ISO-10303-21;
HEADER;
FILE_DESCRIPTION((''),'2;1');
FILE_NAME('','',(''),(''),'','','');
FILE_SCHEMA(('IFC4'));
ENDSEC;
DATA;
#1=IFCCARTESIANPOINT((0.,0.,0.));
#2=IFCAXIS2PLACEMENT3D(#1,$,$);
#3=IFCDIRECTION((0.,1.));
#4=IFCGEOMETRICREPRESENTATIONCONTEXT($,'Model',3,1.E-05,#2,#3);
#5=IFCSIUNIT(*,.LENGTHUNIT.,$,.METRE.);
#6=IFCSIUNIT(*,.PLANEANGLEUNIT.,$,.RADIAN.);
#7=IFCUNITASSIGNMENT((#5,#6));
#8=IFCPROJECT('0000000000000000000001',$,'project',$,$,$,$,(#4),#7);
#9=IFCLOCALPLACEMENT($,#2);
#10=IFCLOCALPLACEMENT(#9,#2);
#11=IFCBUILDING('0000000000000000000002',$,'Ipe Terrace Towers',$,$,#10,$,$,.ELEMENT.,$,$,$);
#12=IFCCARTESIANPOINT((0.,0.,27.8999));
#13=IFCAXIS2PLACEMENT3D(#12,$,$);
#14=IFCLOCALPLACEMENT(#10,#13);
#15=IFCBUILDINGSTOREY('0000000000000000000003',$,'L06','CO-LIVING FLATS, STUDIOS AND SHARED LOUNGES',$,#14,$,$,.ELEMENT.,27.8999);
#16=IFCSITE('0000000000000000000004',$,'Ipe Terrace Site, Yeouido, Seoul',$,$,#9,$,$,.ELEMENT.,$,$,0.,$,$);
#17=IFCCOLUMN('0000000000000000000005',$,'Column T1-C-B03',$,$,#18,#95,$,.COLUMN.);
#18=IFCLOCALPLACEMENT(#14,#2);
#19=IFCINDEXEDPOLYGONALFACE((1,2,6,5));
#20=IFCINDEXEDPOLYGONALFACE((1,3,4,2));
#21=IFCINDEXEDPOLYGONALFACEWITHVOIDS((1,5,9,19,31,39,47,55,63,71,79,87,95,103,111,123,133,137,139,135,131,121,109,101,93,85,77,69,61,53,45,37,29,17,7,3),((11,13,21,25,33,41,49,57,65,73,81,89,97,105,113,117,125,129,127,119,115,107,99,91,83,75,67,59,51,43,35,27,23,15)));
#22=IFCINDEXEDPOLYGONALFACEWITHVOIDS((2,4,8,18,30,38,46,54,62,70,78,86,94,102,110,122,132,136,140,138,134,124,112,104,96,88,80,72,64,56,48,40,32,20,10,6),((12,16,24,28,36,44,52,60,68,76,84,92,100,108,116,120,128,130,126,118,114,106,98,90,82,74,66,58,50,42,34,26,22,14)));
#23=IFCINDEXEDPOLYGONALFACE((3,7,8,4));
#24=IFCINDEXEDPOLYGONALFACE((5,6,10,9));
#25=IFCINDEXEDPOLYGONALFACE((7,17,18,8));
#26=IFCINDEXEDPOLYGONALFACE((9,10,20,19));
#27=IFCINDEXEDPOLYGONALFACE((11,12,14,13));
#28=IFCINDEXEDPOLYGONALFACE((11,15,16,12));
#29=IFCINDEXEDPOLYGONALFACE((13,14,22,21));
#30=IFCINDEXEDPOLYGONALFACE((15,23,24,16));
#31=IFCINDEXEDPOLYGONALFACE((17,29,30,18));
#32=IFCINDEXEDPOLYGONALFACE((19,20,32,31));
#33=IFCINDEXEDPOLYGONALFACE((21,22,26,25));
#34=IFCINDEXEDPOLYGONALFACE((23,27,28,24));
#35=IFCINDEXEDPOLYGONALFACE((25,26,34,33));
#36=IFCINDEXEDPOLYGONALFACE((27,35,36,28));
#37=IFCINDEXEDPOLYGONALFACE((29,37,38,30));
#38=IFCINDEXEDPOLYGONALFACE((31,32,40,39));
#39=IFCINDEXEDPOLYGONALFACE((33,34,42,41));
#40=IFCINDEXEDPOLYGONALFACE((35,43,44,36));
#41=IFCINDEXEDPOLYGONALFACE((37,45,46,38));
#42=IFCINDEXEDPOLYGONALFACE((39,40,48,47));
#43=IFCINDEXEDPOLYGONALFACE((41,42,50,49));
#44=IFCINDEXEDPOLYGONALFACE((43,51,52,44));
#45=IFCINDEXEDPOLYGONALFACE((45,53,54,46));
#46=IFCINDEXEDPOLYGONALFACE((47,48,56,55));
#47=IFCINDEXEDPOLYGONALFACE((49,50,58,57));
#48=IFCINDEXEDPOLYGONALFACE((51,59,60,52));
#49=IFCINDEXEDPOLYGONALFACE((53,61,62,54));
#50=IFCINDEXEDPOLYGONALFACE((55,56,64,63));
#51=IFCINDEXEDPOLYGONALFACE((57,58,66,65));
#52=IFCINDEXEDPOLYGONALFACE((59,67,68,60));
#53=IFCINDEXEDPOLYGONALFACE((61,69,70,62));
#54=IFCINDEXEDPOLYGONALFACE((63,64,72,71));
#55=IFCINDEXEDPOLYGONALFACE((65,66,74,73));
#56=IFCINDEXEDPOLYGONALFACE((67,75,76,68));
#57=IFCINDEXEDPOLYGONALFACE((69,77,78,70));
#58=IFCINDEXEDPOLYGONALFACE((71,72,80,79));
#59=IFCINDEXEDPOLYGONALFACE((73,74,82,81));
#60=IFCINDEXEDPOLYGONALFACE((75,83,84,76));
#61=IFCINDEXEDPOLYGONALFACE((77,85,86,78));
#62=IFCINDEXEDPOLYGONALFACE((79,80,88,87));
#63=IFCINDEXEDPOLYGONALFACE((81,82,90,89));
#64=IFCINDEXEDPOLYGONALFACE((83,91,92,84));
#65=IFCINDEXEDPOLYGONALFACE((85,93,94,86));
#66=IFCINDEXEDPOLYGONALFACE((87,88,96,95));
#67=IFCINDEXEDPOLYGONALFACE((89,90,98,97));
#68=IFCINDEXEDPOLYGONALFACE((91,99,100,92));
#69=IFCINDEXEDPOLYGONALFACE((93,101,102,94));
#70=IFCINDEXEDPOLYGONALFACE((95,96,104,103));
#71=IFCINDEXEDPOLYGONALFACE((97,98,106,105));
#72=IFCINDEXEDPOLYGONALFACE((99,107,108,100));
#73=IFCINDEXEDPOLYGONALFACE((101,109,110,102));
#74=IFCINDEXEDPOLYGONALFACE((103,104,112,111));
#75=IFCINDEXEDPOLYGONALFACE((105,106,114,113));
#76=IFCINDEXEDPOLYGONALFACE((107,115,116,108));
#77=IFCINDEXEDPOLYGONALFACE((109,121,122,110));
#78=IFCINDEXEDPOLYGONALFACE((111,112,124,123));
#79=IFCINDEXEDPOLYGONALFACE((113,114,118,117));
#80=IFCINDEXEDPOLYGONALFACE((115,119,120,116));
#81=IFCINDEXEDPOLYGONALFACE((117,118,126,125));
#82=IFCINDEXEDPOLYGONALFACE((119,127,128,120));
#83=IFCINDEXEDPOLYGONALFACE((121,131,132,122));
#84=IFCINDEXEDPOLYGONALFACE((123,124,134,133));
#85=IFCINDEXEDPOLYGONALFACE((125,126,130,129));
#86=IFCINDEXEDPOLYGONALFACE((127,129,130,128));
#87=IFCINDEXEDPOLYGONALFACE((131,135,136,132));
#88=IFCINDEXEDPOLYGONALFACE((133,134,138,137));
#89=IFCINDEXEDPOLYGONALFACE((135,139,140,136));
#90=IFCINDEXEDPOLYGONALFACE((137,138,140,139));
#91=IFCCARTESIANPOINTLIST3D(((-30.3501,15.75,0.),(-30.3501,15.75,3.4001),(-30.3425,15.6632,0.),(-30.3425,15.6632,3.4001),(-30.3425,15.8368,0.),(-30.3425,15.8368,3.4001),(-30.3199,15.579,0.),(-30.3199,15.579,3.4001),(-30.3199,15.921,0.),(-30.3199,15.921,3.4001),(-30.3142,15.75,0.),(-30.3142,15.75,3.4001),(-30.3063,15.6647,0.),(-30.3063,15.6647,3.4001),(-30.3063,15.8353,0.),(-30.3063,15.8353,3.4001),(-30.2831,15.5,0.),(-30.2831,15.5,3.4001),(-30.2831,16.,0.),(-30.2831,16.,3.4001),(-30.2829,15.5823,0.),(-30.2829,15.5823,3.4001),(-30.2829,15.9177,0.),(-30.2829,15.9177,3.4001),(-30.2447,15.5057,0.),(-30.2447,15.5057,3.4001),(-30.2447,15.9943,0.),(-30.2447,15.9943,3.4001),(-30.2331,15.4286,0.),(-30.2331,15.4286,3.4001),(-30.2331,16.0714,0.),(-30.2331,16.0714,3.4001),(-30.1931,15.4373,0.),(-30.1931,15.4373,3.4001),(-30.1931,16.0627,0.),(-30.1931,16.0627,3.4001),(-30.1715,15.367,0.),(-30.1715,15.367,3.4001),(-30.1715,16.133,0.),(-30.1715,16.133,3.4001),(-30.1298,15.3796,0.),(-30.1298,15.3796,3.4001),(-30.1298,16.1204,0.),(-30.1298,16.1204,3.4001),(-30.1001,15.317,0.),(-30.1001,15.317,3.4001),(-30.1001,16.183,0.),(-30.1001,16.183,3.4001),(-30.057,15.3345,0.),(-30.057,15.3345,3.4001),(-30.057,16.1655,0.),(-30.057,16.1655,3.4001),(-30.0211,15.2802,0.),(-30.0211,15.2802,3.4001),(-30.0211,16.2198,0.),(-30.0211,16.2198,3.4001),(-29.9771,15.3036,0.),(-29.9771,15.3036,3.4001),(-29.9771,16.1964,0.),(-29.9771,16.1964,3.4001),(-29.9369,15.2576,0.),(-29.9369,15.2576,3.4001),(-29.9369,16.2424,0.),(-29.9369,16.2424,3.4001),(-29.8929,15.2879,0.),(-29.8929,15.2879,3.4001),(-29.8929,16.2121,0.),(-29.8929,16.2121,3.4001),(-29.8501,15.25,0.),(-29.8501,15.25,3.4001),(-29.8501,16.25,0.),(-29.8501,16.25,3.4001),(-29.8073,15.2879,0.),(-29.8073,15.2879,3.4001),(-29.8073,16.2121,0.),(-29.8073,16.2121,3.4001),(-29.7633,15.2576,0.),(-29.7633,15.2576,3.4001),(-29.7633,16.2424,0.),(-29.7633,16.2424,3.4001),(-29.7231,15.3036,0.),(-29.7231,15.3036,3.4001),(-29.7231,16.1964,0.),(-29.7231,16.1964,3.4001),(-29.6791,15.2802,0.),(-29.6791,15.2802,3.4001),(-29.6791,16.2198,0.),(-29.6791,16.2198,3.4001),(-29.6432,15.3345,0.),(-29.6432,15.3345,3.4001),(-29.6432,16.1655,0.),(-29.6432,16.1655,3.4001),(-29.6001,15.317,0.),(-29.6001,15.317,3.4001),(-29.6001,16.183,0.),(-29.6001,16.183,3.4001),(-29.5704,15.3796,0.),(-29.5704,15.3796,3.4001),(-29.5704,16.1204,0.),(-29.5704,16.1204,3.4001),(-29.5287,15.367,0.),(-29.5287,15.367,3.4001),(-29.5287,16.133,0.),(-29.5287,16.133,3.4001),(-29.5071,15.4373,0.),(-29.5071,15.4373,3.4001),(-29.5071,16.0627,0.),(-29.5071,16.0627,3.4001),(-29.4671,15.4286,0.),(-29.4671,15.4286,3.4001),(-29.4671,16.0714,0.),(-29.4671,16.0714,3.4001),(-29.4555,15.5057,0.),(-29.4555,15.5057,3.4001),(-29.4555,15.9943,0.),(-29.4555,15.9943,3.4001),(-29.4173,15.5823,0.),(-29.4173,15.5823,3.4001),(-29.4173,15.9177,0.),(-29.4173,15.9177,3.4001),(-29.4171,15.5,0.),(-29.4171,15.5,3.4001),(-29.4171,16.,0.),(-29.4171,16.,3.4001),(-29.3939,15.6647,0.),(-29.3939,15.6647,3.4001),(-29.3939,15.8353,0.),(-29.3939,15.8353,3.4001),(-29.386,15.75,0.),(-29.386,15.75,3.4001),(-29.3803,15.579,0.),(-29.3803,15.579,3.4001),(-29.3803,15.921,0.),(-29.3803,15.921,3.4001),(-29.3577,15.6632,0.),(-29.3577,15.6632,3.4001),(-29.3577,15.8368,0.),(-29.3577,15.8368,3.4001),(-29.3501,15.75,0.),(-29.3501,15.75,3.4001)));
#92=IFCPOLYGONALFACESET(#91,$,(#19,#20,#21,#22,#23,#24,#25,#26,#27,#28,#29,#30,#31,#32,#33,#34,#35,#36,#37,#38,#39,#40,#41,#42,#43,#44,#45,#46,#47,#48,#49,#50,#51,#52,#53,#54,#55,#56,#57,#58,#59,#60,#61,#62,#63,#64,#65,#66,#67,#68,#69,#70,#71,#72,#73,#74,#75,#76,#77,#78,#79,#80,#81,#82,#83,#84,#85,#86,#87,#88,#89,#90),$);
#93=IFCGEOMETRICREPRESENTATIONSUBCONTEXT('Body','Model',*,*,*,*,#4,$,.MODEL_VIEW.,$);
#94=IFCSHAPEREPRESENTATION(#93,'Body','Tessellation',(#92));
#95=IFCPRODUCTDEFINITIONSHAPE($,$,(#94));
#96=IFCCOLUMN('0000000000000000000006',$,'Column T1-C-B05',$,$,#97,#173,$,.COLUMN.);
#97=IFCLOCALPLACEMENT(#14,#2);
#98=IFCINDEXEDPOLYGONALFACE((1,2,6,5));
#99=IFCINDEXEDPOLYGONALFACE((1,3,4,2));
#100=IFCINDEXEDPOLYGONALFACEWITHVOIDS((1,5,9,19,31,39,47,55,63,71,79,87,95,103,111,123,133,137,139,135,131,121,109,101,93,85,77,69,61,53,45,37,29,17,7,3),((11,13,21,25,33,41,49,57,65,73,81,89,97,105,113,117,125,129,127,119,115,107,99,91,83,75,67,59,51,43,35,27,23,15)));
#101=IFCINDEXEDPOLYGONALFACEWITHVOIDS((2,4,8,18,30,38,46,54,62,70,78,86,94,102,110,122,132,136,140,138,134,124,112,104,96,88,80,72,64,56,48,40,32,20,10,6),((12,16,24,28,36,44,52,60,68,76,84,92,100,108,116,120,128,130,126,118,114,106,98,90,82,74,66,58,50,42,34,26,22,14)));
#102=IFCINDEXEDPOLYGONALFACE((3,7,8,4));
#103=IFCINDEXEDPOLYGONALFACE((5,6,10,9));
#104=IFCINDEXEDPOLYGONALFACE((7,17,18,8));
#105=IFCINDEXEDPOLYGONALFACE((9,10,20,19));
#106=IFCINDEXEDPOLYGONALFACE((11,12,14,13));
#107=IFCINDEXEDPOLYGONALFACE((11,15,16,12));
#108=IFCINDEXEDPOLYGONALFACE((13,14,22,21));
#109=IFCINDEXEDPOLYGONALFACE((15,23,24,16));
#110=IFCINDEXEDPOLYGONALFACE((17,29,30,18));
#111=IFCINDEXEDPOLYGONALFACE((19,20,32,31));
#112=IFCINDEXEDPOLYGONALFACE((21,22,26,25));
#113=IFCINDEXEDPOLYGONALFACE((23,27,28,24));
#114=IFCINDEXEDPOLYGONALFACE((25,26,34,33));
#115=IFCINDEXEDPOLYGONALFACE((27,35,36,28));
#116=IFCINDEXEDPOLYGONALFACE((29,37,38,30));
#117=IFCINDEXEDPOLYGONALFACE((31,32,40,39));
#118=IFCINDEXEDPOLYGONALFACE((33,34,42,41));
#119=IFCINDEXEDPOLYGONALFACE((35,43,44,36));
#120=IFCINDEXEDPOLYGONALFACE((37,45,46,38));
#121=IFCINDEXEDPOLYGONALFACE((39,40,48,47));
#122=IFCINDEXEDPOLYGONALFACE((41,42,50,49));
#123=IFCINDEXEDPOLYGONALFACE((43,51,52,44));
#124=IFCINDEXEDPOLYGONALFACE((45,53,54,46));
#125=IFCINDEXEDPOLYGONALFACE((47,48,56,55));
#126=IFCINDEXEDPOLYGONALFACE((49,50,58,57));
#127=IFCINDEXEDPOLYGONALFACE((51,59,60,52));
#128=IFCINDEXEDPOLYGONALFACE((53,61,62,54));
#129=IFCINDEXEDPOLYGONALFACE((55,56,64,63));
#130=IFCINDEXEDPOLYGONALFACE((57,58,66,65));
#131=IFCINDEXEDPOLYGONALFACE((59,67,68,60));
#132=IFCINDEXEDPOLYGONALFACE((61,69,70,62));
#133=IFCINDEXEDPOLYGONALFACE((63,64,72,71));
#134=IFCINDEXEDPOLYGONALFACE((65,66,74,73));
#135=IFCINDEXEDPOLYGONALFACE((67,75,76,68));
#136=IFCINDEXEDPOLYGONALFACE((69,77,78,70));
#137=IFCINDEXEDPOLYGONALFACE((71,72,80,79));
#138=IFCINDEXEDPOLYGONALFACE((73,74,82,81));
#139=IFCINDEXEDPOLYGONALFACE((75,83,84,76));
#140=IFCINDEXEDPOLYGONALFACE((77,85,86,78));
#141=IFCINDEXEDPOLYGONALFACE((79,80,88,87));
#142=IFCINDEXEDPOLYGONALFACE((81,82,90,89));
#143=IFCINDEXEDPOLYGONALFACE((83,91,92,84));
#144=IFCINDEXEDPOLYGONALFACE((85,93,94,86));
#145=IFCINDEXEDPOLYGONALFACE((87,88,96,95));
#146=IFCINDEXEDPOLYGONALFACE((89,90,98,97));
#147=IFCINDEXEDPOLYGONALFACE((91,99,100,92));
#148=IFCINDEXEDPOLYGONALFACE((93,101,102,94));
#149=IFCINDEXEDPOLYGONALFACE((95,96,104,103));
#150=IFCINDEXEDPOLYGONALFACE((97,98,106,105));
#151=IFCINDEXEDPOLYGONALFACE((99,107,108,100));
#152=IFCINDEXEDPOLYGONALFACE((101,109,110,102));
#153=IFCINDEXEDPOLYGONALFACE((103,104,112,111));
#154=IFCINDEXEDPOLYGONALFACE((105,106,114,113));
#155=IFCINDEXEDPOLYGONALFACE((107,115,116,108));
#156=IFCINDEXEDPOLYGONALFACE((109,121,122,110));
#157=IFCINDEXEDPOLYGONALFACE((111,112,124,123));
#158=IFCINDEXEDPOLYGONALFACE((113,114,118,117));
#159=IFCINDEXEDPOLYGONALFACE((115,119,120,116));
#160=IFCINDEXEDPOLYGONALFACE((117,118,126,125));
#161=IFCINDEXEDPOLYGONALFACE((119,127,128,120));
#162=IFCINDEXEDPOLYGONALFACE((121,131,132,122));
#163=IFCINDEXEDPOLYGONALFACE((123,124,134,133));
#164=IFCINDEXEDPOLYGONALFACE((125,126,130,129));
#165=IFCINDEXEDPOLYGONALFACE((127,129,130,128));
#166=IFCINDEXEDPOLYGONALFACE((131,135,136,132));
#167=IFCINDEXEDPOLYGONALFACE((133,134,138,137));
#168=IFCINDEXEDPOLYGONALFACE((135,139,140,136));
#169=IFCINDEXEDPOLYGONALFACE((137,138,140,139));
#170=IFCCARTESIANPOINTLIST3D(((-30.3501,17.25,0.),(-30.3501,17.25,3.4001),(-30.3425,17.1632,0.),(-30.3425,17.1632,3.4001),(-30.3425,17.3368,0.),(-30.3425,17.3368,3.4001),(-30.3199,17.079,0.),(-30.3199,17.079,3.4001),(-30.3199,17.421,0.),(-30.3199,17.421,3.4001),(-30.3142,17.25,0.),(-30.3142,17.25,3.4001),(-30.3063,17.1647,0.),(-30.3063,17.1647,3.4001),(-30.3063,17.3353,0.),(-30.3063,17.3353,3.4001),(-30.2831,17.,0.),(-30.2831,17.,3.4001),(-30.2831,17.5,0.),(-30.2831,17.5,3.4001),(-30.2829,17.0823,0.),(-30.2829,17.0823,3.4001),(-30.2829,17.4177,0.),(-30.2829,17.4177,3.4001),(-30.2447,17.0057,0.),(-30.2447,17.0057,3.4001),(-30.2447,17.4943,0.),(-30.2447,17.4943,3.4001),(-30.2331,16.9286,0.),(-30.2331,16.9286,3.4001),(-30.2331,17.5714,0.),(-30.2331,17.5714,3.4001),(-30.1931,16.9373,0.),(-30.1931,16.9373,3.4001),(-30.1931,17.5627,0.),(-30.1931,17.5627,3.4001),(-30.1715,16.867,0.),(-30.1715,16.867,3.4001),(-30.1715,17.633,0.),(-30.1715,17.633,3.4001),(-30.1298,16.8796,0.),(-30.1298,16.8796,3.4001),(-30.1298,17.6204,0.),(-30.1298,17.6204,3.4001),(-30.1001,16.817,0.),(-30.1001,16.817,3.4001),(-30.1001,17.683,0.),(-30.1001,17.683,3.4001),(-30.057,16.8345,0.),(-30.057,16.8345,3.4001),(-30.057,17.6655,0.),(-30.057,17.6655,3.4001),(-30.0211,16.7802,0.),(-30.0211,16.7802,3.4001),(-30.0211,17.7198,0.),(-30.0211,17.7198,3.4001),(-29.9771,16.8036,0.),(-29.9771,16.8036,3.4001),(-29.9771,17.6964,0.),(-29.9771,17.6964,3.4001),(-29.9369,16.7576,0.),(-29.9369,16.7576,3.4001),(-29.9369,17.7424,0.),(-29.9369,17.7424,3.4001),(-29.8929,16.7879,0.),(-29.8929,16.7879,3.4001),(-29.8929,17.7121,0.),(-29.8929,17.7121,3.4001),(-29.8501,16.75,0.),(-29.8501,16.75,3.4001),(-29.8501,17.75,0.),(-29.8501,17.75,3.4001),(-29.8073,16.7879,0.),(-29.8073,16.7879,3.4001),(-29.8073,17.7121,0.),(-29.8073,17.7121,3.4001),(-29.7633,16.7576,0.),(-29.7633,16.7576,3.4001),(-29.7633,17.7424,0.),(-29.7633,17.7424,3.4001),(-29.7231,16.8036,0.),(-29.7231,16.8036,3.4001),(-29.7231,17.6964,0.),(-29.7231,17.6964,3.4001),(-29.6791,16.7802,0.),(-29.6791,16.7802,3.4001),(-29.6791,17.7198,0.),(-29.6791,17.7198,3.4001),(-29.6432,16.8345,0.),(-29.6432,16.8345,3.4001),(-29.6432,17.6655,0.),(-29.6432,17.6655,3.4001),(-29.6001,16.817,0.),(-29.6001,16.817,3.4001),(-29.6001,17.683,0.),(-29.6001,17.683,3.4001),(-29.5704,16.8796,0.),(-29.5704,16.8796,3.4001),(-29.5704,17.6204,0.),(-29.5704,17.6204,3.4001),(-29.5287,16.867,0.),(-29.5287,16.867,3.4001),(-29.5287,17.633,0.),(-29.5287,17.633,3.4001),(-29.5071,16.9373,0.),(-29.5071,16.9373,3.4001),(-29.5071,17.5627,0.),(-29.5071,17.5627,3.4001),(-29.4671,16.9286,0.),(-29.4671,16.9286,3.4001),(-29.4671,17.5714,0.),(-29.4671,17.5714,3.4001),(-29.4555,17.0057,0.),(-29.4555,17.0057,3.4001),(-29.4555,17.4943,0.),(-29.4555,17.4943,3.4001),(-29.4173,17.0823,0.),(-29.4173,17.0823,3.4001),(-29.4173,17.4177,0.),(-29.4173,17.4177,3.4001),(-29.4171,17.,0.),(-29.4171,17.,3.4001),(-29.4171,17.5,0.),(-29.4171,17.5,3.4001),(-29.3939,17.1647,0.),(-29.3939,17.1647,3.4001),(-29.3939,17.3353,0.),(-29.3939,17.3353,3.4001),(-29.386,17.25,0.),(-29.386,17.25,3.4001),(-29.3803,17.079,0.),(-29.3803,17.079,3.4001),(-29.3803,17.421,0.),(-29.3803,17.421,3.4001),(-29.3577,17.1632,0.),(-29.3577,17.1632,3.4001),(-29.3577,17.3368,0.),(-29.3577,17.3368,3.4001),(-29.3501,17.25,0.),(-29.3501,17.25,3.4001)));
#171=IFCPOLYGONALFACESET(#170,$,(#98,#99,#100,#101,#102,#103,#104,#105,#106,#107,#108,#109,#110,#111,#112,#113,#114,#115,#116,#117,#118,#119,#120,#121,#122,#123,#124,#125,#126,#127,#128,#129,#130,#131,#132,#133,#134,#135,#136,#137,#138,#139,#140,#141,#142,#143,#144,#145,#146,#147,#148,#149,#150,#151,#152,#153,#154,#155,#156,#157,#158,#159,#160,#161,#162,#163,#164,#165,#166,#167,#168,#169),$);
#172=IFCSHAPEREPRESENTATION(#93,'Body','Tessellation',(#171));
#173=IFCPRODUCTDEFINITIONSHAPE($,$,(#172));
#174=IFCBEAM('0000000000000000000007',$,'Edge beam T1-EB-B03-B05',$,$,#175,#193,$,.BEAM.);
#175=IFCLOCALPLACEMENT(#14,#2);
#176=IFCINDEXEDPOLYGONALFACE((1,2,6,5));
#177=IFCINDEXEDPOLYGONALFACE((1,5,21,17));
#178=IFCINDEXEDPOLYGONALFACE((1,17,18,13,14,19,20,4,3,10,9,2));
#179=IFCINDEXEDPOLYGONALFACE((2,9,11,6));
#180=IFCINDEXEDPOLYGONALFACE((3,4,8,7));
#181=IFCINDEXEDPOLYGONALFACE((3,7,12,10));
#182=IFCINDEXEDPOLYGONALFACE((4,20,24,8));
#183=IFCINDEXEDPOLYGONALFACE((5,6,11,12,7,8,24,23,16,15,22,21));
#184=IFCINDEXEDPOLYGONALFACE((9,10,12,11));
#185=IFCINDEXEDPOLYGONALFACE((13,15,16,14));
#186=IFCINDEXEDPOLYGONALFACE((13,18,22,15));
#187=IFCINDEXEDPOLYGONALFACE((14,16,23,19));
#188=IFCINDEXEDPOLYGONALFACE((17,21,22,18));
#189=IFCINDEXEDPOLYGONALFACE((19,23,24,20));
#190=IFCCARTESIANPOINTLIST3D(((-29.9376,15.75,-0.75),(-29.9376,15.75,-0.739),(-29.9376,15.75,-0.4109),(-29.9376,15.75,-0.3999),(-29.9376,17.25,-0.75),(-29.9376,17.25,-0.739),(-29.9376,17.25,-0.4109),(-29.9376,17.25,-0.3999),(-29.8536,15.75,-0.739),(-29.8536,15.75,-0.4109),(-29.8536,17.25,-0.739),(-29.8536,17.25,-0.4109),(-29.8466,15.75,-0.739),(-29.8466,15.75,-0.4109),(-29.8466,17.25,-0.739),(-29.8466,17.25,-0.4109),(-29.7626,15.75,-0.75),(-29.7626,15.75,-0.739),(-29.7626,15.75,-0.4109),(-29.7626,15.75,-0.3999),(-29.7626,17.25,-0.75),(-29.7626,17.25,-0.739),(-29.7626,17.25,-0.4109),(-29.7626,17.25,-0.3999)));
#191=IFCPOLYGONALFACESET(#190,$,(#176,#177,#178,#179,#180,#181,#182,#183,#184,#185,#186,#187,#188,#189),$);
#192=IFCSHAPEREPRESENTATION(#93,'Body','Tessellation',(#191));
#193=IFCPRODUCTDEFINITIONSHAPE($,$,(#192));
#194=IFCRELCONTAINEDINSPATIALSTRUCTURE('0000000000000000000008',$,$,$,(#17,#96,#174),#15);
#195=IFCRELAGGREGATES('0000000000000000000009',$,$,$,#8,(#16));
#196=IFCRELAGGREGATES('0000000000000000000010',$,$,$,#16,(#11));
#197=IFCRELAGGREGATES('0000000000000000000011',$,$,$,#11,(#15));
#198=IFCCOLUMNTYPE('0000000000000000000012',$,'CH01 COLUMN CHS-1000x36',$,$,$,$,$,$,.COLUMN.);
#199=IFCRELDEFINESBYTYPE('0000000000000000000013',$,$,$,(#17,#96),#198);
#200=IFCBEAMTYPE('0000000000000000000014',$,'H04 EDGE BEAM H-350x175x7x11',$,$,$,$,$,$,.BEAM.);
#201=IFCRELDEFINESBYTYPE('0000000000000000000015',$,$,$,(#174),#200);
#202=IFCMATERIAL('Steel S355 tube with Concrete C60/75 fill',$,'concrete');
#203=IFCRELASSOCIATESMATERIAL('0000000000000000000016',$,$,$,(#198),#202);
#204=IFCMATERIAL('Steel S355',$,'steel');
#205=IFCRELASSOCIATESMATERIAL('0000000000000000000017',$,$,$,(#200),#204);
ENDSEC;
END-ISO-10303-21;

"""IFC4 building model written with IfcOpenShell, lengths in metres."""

from ifc_helpers import new_model, si_unit, direction, frame, origin, origin_2d, place, context, subcontext, project, spatial, hollow_circle, i_section, extrude, material, material_profile, profile_set, type_object, element, save


model = new_model("IFC4")

# Units and contexts
model_context = context("Model", 3, precision=1e-05, world=origin(), true_north=direction((0.0, 1.0)))
body_context = subcontext(model_context, "Body", "Model", "MODEL_VIEW")
ifc_project = project(units=[si_unit("LENGTHUNIT", "METRE"), si_unit("PLANEANGLEUNIT", "RADIAN")], contexts=[model_context])

# Site, building, storey
site_placement = place(None, origin())
site = spatial("IfcSite", under=ifc_project, at=site_placement, Name="Ipe Terrace Site, Yeouido, Seoul", CompositionType="ELEMENT", RefElevation=0.0)
building_placement = place(site_placement, origin())
building = spatial("IfcBuilding", under=site, at=building_placement, Name="Ipe Terrace Towers", CompositionType="ELEMENT")
storey_placement = place(building_placement, frame((0.0, 0.0, 27.8999)))
storey = spatial("IfcBuildingStorey", under=building, at=storey_placement, Name="L06", Description="CO-LIVING FLATS, STUDIOS AND SHARED LOUNGES", CompositionType="ELEMENT", Elevation=27.8999)

# Columns
ifc_material_1 = material(Name="Steel S355 tube with Concrete C60/75 fill", Category="concrete")
ifc_material_profile_1 = material_profile(ifc_material_1, hollow_circle(Radius=0.5, WallThickness=0.0359, at=origin_2d()), Name="CHS-1000x36")
ifc_profile_set_1 = profile_set([ifc_material_profile_1], Name="Steel S355 tube with Concrete C60/75 fill")
column_type = type_object("IfcColumnType", Name="CH01 COLUMN CHS-1000x36", PredefinedType="COLUMN", material=ifc_profile_set_1)
for number, where, z_axis, x_axis, name in (
    (1, (-29.8501, 15.75, 0.0), (0.0, 0.0, 1.0), (1.0, 0.0, 0.0), "Column T1-C-B03"),
    (2, (-29.8501, 17.25, 0.0), (0.0, 0.0, 1.0), (1.0, 0.0, 0.0), "Column T1-C-B05"),
):
    element("IfcColumn", number, at=place(storey_placement, frame(where, z_axis=z_axis, x_axis=x_axis)), inside=storey, type_object=column_type, Name=name, PredefinedType="COLUMN", context=body_context, shape_type="SweptSolid", body=[
        extrude(hollow_circle(Radius=0.5, WallThickness=0.0359, at=origin_2d()), origin(), (0.0, 0.0, 1.0), 3.4001),
    ])

# Beam
ifc_material_2 = material(Name="Steel S355", Category="steel")
ifc_material_profile_2 = material_profile(ifc_material_2, i_section(OverallWidth=0.175, OverallDepth=0.3501, WebThickness=0.0071, FlangeThickness=0.011, at=origin_2d()), Name="H-350x175x7x11")
ifc_profile_set_2 = profile_set([ifc_material_profile_2], Name="Steel S355")
beam_type = type_object("IfcBeamType", Name="H04 EDGE BEAM H-350x175x7x11", PredefinedType="BEAM", material=ifc_profile_set_2)
beam_placement = place(storey_placement, frame((-29.8501, 15.75, -0.575), z_axis=(0.0, 1.0, 0.0), x_axis=(-1.0, 0.0, 0.0)))
element("IfcBeam", 3, at=beam_placement, inside=storey, type_object=beam_type, Name="Edge beam T1-EB-B03-B05", PredefinedType="BEAM", context=body_context, shape_type="SweptSolid", body=[
    extrude(i_section(OverallWidth=0.175, OverallDepth=0.3501, WebThickness=0.0071, FlangeThickness=0.011, at=origin_2d()), origin(), (0.0, 0.0, 1.0), 1.5),
])

save(model, "model.ifc")
